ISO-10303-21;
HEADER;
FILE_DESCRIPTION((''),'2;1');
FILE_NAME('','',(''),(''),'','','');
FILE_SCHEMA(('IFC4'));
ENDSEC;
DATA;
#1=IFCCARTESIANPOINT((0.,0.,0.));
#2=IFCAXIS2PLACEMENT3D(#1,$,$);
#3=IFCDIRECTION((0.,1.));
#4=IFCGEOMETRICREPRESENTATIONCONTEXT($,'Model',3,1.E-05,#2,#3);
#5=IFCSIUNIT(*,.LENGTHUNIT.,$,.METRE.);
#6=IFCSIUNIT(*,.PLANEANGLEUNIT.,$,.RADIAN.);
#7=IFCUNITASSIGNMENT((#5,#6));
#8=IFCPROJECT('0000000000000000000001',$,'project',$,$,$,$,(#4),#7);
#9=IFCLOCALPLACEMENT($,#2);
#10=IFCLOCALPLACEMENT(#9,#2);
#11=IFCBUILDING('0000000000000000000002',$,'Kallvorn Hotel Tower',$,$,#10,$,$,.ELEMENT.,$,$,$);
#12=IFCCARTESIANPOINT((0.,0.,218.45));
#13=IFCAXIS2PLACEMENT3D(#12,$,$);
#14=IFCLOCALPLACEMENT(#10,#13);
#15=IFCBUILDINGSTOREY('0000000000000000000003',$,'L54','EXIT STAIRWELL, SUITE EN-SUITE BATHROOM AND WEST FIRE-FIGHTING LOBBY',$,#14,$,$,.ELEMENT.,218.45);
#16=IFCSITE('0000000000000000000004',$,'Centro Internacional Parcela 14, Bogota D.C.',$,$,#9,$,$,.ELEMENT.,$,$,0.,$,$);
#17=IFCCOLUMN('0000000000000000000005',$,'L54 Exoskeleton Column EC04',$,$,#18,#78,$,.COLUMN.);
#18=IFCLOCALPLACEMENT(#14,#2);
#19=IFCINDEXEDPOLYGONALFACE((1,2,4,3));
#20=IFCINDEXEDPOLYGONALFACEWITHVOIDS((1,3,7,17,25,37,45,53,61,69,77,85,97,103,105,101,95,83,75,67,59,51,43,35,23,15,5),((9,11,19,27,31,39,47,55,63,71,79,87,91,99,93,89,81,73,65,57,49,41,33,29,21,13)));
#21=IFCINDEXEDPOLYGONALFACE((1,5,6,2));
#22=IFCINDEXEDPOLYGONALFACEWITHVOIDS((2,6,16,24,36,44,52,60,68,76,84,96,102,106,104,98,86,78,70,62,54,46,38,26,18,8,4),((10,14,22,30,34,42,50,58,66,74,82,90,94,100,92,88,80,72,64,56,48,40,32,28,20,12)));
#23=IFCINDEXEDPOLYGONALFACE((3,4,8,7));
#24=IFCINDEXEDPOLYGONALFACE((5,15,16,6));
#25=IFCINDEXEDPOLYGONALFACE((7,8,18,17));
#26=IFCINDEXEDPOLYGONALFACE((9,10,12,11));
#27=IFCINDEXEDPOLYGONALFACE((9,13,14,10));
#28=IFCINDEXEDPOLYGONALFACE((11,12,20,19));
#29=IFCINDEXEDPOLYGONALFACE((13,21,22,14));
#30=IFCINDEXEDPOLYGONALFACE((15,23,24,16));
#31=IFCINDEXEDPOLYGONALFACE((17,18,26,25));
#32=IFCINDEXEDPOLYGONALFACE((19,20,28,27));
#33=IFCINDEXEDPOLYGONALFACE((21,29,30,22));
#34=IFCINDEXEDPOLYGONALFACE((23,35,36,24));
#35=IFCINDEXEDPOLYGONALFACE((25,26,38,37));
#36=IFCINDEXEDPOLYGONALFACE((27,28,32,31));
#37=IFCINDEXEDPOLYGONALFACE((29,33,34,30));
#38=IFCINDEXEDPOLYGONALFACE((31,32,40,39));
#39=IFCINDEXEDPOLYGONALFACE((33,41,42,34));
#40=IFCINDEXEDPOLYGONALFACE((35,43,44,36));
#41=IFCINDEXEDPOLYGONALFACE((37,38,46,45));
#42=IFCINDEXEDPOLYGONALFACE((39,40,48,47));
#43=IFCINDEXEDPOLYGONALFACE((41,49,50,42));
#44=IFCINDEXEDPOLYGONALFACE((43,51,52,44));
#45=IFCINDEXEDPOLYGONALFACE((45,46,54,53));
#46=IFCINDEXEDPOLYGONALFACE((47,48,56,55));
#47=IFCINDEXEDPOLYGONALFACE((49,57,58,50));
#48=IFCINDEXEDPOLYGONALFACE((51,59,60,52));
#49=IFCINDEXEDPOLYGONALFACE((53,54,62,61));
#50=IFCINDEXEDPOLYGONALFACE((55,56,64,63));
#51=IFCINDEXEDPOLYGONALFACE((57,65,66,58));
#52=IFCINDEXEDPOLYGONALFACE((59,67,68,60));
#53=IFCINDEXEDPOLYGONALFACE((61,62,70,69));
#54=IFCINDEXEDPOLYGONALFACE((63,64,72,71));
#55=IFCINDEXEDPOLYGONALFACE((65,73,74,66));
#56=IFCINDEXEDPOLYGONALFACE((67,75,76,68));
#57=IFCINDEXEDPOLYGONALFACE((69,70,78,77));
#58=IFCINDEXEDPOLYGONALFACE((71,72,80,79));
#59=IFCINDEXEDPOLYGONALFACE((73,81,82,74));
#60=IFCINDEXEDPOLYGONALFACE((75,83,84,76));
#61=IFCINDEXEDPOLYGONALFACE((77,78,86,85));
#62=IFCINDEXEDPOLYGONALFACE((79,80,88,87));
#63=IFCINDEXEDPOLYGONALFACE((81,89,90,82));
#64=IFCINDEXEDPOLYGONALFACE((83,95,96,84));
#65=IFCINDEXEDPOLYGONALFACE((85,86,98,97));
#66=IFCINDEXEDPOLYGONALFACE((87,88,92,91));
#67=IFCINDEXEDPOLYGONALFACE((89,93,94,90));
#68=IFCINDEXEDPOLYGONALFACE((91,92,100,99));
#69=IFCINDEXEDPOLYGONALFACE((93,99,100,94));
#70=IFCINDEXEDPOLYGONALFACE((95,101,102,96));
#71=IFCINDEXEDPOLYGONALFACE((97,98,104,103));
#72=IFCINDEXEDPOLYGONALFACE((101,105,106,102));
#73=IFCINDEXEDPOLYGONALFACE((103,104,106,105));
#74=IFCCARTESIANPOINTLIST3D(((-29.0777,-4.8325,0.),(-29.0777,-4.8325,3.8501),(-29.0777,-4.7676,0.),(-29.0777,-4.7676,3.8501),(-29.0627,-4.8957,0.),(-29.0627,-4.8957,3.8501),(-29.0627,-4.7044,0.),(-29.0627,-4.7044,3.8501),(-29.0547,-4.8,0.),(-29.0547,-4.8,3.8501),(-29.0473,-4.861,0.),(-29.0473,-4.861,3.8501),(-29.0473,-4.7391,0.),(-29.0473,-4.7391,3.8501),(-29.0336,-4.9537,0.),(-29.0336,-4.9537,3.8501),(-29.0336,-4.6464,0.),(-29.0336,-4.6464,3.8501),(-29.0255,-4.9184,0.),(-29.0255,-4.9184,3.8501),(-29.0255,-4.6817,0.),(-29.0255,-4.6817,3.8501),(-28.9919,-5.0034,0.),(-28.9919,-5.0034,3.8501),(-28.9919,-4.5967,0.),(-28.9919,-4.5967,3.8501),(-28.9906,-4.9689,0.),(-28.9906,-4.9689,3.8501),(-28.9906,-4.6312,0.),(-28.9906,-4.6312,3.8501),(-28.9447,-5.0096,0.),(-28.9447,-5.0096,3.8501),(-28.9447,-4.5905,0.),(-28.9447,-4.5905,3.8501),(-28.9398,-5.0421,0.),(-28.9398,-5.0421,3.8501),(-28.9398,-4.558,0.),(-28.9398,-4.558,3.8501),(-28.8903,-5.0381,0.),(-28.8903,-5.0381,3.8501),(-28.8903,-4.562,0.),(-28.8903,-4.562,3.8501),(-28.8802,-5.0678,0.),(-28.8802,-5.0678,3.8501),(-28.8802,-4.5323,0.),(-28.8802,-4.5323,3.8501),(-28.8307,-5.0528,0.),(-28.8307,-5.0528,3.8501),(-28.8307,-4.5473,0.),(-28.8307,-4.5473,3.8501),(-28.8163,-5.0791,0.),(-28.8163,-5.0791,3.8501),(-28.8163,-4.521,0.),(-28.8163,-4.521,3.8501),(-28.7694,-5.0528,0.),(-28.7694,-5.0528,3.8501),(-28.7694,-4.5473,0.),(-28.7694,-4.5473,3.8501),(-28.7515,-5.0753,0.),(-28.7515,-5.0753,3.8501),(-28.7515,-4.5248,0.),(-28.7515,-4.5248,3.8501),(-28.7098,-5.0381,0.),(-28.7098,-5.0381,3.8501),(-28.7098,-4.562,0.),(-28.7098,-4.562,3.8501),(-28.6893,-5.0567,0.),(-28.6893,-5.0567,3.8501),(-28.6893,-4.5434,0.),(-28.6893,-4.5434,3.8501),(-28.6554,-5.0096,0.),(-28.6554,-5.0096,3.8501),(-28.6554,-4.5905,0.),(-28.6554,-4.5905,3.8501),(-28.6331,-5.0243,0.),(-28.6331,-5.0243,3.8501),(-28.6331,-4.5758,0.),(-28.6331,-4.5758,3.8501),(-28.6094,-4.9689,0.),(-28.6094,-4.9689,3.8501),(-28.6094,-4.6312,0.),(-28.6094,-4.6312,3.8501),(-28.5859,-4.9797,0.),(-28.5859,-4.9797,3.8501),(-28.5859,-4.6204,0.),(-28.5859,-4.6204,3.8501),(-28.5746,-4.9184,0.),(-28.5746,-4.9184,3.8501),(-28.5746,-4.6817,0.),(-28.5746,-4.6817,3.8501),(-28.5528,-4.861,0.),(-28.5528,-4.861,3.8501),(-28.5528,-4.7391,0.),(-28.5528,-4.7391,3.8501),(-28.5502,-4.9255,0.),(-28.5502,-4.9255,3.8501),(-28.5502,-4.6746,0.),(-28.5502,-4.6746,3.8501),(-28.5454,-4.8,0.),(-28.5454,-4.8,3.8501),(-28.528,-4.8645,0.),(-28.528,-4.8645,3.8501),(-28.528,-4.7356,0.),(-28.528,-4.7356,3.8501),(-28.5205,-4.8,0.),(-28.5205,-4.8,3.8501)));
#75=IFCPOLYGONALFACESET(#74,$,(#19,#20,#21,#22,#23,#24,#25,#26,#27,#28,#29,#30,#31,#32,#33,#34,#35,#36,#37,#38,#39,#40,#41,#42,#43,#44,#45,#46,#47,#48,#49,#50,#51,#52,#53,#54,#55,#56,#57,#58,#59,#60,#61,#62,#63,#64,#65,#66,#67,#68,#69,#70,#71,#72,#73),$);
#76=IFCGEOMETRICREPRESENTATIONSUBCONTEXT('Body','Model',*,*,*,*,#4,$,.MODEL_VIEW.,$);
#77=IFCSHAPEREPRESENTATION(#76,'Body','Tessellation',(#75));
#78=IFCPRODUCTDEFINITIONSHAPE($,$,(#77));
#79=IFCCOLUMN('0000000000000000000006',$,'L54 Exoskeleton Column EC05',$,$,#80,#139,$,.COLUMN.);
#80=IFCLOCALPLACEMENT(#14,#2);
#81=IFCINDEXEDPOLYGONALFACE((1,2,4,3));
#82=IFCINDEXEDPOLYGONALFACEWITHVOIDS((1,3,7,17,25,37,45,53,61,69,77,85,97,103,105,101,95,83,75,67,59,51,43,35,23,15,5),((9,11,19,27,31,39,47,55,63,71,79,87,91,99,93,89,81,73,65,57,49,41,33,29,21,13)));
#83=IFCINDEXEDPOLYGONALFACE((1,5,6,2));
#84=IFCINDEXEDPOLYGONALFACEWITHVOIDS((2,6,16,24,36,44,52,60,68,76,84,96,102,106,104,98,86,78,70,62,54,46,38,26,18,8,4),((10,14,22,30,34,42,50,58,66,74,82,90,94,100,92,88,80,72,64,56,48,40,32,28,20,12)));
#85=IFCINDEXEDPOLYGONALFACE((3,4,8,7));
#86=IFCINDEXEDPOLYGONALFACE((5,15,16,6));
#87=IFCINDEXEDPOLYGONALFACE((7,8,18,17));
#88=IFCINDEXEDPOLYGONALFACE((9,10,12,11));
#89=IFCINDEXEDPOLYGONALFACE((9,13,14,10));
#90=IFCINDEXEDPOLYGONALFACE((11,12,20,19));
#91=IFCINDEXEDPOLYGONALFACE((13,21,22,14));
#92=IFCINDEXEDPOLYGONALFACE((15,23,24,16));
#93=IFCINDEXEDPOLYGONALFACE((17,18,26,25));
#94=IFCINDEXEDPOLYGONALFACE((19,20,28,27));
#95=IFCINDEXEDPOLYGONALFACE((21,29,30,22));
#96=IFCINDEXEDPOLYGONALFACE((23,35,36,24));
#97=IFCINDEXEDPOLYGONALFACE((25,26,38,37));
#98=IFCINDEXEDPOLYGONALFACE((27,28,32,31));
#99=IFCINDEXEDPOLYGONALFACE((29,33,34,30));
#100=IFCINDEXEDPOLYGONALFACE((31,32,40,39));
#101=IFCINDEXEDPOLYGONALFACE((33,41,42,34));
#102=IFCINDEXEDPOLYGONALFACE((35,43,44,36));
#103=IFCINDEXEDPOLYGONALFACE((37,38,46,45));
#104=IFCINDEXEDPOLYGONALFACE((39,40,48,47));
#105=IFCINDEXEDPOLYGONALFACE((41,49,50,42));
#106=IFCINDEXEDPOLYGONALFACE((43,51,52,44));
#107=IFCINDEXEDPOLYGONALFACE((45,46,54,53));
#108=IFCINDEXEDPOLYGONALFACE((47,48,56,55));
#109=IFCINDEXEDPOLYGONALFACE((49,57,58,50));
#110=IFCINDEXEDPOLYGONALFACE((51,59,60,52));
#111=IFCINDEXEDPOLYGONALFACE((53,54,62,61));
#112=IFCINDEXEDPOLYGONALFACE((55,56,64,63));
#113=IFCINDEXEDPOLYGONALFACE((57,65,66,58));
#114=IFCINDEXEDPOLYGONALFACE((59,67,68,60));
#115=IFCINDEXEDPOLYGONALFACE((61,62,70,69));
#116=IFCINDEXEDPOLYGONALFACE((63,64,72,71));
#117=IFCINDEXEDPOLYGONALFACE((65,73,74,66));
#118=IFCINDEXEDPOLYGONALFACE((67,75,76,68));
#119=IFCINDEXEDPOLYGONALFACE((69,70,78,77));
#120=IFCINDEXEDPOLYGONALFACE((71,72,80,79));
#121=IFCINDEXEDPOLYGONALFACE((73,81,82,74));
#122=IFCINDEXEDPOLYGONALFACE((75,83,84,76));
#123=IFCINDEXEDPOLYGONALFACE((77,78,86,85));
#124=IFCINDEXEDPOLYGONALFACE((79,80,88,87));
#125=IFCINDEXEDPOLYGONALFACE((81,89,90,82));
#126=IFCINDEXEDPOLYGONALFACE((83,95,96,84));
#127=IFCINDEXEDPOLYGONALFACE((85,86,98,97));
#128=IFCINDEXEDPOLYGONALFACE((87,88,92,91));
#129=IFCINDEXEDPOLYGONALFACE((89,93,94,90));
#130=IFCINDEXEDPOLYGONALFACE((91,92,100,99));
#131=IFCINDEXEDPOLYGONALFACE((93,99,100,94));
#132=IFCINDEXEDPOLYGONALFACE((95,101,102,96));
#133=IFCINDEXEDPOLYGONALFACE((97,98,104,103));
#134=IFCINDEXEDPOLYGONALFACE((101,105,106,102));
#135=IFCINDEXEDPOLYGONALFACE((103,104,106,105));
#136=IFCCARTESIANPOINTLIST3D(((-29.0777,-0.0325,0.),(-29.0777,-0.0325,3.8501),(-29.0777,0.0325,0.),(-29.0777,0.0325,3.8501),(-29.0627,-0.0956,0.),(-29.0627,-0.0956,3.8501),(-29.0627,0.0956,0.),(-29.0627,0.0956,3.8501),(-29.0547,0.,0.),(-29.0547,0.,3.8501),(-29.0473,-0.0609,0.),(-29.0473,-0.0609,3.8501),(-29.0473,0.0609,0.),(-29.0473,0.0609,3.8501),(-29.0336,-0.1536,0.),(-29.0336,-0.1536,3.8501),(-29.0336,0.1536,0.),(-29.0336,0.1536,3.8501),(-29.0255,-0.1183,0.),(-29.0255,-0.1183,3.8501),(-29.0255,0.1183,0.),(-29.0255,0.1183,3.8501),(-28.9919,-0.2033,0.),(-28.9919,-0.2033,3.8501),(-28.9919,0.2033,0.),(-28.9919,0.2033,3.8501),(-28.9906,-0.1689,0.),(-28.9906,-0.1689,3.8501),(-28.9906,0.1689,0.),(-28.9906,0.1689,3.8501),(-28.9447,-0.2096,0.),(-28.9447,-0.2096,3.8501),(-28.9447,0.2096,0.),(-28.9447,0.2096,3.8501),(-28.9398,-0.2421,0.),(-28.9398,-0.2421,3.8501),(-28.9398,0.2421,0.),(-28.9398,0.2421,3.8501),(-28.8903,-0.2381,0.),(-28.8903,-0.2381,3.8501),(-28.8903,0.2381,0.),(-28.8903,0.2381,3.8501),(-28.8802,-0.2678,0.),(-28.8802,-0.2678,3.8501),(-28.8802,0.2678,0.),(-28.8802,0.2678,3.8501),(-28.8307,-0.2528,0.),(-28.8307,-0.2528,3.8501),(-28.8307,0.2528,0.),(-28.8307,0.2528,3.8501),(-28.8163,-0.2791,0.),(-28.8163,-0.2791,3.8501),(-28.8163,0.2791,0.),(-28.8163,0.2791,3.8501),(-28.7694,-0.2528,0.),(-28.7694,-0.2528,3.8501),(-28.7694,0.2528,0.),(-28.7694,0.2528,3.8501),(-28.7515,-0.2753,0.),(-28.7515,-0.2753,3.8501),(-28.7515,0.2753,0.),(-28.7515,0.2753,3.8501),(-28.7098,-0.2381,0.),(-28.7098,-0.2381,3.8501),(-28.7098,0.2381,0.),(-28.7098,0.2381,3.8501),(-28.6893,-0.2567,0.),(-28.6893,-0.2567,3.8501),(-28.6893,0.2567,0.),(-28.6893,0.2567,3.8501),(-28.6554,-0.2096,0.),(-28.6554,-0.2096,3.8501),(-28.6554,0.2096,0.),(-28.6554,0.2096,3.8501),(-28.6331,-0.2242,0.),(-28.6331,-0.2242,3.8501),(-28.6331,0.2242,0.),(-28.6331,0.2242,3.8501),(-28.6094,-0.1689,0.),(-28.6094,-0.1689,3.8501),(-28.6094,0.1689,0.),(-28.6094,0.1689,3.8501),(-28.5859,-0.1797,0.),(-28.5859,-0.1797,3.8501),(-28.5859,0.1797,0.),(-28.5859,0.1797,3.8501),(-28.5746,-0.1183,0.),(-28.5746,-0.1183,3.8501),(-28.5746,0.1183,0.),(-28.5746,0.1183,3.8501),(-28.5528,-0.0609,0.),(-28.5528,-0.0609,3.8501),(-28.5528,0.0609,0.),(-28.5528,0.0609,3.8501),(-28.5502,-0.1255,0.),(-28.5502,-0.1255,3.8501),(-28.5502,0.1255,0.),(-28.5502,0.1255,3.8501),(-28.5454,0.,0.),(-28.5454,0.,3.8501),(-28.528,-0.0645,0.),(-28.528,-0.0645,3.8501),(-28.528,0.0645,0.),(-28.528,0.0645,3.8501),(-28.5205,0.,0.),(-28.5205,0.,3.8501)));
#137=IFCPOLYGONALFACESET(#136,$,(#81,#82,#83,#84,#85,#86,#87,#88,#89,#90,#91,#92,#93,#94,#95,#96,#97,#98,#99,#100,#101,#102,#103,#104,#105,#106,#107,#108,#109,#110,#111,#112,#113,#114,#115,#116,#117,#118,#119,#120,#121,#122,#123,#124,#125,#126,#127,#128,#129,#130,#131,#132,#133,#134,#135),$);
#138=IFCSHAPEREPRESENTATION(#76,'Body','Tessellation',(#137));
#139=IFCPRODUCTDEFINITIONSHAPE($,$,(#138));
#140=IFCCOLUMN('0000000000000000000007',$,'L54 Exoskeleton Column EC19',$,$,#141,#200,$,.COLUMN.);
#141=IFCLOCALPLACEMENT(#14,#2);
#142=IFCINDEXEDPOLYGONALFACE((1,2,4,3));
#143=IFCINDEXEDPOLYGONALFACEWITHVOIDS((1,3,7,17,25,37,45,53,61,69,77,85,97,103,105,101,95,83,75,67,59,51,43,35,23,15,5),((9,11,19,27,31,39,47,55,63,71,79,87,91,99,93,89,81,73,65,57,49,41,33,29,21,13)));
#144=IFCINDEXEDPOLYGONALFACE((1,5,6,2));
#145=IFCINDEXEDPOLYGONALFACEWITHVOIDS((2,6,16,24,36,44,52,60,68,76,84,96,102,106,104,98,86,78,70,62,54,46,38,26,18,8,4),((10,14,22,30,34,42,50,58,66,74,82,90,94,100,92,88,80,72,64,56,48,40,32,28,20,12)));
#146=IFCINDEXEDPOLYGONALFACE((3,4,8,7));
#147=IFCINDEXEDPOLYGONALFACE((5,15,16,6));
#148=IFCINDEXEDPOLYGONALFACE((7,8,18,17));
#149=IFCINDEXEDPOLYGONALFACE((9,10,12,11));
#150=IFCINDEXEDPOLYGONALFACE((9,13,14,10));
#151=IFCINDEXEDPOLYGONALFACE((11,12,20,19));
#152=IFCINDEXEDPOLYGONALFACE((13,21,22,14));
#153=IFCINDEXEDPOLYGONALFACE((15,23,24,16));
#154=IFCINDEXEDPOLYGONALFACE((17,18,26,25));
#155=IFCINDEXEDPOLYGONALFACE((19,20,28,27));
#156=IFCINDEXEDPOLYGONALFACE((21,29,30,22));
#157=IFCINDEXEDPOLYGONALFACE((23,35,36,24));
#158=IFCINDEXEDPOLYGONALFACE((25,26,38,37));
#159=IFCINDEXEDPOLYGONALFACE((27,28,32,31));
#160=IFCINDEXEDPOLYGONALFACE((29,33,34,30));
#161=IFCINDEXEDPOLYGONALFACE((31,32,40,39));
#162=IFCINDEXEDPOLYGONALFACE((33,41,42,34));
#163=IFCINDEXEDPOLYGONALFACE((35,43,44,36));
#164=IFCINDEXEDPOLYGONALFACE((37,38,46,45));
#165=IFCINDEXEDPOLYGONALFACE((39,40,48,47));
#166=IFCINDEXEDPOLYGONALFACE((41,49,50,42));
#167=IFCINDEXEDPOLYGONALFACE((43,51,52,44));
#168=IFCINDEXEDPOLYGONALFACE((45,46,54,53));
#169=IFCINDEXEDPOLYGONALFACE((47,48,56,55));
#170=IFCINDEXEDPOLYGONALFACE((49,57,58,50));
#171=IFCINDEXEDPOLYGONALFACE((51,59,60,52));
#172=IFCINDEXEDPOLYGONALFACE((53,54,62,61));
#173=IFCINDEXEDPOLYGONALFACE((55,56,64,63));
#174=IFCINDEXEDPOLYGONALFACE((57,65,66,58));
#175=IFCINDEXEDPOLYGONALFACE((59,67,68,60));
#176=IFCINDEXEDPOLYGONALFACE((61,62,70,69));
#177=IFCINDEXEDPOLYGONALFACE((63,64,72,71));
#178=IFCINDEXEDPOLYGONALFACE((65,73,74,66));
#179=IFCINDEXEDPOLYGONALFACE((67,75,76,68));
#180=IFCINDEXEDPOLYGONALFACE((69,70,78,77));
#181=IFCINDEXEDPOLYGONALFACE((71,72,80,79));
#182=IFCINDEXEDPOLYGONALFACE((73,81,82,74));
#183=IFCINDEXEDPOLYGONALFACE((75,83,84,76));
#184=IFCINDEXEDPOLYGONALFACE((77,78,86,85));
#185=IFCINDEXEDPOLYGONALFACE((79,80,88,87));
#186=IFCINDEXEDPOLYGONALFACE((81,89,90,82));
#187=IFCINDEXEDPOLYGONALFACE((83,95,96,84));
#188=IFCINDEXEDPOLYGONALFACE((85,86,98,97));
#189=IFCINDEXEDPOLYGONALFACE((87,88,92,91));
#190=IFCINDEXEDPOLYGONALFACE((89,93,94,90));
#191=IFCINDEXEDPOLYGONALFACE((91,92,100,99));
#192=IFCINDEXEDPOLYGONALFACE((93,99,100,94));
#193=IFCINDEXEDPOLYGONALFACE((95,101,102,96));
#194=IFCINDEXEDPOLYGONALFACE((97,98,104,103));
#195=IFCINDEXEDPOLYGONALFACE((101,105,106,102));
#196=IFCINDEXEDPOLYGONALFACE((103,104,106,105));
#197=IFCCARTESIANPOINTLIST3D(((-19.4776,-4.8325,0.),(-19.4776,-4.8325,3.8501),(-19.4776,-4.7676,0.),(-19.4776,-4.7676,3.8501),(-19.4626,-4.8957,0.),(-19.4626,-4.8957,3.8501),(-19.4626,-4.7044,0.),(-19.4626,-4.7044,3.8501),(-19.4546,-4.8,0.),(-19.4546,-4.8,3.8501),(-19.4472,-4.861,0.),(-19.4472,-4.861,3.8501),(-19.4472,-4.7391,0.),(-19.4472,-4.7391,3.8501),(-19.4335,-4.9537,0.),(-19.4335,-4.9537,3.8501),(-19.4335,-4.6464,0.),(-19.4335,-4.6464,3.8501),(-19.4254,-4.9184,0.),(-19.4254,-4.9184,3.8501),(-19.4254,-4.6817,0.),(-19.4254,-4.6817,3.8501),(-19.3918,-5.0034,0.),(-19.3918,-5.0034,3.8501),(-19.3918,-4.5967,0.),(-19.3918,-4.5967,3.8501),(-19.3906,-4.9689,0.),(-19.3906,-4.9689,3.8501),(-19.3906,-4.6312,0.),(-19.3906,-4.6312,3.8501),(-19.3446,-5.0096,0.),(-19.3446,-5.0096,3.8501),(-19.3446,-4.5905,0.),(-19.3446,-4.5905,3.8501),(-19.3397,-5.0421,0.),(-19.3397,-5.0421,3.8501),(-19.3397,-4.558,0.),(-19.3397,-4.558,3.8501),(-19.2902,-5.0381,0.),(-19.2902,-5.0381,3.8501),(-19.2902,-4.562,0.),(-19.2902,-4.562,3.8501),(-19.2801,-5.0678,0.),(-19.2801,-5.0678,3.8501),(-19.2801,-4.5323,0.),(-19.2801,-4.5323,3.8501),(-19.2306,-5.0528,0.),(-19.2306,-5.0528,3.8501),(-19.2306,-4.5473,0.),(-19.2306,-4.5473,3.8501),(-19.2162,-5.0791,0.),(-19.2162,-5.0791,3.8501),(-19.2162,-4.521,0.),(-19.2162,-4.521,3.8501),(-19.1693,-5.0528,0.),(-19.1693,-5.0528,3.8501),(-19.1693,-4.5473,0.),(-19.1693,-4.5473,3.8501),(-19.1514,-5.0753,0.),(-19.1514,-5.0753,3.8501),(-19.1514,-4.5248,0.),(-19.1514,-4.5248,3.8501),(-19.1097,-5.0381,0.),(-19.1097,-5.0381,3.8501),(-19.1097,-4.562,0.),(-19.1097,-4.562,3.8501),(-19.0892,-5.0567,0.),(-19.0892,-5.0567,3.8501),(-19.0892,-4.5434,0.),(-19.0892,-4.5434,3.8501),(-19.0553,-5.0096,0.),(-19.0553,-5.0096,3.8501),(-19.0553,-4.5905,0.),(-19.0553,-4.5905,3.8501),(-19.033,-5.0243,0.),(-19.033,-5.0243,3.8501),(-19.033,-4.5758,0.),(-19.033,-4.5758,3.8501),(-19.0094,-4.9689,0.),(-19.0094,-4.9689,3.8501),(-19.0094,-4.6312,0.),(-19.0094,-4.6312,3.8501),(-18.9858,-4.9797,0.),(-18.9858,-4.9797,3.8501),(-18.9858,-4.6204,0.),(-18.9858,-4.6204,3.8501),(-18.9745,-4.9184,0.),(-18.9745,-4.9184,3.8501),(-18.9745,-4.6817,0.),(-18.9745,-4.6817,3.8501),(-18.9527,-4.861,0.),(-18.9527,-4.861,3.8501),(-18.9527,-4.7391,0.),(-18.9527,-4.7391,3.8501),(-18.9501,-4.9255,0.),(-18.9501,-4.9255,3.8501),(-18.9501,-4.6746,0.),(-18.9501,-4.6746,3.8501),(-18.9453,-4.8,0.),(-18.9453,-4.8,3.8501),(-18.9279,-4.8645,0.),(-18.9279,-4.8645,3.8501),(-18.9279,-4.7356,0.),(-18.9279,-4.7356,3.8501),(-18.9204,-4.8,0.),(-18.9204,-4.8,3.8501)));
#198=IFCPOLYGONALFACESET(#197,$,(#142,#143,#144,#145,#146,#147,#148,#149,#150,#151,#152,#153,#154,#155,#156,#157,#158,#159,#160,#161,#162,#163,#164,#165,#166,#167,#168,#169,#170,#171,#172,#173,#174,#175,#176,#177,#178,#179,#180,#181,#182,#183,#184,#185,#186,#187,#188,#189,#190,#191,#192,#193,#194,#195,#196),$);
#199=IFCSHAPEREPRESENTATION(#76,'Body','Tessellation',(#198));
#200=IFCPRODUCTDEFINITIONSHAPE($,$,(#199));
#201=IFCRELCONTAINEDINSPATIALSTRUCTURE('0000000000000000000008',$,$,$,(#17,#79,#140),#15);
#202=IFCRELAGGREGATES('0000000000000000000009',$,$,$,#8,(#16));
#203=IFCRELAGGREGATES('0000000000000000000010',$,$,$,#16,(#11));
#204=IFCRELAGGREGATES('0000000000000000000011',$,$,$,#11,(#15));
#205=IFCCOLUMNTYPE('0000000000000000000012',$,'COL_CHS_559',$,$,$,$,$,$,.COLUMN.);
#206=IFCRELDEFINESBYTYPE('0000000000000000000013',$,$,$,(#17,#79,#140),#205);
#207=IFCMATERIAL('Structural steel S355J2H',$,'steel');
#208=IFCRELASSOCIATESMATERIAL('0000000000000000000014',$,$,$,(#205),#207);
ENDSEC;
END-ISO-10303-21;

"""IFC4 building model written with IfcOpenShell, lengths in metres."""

from ifc_helpers import new_model, si_unit, direction, frame, origin, origin_2d, place, context, subcontext, project, spatial, hollow_circle, extrude, material, material_profile, profile_set, type_object, element, save


model = new_model("IFC4")

# Units and contexts
model_context = context("Model", 3, precision=1e-05, world=origin(), true_north=direction((0.0, 1.0)))
body_context = subcontext(model_context, "Body", "Model", "MODEL_VIEW")
ifc_project = project(units=[si_unit("LENGTHUNIT", "METRE"), si_unit("PLANEANGLEUNIT", "RADIAN")], contexts=[model_context])

# Site, building, storey
site_placement = place(None, origin())
site = spatial("IfcSite", under=ifc_project, at=site_placement, Name="Centro Internacional Parcela 14, Bogota D.C.", CompositionType="ELEMENT", RefElevation=0.0)
building_placement = place(site_placement, origin())
building = spatial("IfcBuilding", under=site, at=building_placement, Name="Kallvorn Hotel Tower", CompositionType="ELEMENT")
storey_placement = place(building_placement, frame((0.0, 0.0, 218.45)))
storey = spatial("IfcBuildingStorey", under=building, at=storey_placement, Name="L54", Description="EXIT STAIRWELL, SUITE EN-SUITE BATHROOM AND WEST FIRE-FIGHTING LOBBY", CompositionType="ELEMENT", Elevation=218.45)

# Columns
ifc_material_1 = material(Name="Structural steel S355J2H", Category="steel")
ifc_material_profile_1 = material_profile(ifc_material_1, hollow_circle(Radius=0.2795, WallThickness=0.0249, at=origin_2d()), Name="CHS 559x25")
ifc_profile_set_1 = profile_set([ifc_material_profile_1], Name="Structural steel S355J2H")
column_type_1 = type_object("IfcColumnType", Name="COL_CHS_559", PredefinedType="COLUMN", material=ifc_profile_set_1)
for number, where, z_axis, x_axis, name in (
    (1, (-28.8, -4.8, 0.0), (0.0, 0.0, 1.0), (1.0, 0.0, 0.0), "L54 Exoskeleton Column EC04"),
    (2, (-28.8, 0.0, 0.0), (0.0, 0.0, 1.0), (1.0, 0.0, 0.0), "L54 Exoskeleton Column EC05"),
    (3, (-19.2, -4.8, 0.0), (0.0, 0.0, 1.0), (1.0, 0.0, 0.0), "L54 Exoskeleton Column EC19"),
):
    element("IfcColumn", number, at=place(storey_placement, frame(where, z_axis=z_axis, x_axis=x_axis)), inside=storey, type_object=column_type_1, Name=name, PredefinedType="COLUMN", context=body_context, shape_type="SweptSolid", body=[
        extrude(hollow_circle(Radius=0.2795, WallThickness=0.0249, at=origin_2d()), origin(), (0.0, 0.0, 1.0), 3.8501),
    ])

save(model, "model.ifc")
